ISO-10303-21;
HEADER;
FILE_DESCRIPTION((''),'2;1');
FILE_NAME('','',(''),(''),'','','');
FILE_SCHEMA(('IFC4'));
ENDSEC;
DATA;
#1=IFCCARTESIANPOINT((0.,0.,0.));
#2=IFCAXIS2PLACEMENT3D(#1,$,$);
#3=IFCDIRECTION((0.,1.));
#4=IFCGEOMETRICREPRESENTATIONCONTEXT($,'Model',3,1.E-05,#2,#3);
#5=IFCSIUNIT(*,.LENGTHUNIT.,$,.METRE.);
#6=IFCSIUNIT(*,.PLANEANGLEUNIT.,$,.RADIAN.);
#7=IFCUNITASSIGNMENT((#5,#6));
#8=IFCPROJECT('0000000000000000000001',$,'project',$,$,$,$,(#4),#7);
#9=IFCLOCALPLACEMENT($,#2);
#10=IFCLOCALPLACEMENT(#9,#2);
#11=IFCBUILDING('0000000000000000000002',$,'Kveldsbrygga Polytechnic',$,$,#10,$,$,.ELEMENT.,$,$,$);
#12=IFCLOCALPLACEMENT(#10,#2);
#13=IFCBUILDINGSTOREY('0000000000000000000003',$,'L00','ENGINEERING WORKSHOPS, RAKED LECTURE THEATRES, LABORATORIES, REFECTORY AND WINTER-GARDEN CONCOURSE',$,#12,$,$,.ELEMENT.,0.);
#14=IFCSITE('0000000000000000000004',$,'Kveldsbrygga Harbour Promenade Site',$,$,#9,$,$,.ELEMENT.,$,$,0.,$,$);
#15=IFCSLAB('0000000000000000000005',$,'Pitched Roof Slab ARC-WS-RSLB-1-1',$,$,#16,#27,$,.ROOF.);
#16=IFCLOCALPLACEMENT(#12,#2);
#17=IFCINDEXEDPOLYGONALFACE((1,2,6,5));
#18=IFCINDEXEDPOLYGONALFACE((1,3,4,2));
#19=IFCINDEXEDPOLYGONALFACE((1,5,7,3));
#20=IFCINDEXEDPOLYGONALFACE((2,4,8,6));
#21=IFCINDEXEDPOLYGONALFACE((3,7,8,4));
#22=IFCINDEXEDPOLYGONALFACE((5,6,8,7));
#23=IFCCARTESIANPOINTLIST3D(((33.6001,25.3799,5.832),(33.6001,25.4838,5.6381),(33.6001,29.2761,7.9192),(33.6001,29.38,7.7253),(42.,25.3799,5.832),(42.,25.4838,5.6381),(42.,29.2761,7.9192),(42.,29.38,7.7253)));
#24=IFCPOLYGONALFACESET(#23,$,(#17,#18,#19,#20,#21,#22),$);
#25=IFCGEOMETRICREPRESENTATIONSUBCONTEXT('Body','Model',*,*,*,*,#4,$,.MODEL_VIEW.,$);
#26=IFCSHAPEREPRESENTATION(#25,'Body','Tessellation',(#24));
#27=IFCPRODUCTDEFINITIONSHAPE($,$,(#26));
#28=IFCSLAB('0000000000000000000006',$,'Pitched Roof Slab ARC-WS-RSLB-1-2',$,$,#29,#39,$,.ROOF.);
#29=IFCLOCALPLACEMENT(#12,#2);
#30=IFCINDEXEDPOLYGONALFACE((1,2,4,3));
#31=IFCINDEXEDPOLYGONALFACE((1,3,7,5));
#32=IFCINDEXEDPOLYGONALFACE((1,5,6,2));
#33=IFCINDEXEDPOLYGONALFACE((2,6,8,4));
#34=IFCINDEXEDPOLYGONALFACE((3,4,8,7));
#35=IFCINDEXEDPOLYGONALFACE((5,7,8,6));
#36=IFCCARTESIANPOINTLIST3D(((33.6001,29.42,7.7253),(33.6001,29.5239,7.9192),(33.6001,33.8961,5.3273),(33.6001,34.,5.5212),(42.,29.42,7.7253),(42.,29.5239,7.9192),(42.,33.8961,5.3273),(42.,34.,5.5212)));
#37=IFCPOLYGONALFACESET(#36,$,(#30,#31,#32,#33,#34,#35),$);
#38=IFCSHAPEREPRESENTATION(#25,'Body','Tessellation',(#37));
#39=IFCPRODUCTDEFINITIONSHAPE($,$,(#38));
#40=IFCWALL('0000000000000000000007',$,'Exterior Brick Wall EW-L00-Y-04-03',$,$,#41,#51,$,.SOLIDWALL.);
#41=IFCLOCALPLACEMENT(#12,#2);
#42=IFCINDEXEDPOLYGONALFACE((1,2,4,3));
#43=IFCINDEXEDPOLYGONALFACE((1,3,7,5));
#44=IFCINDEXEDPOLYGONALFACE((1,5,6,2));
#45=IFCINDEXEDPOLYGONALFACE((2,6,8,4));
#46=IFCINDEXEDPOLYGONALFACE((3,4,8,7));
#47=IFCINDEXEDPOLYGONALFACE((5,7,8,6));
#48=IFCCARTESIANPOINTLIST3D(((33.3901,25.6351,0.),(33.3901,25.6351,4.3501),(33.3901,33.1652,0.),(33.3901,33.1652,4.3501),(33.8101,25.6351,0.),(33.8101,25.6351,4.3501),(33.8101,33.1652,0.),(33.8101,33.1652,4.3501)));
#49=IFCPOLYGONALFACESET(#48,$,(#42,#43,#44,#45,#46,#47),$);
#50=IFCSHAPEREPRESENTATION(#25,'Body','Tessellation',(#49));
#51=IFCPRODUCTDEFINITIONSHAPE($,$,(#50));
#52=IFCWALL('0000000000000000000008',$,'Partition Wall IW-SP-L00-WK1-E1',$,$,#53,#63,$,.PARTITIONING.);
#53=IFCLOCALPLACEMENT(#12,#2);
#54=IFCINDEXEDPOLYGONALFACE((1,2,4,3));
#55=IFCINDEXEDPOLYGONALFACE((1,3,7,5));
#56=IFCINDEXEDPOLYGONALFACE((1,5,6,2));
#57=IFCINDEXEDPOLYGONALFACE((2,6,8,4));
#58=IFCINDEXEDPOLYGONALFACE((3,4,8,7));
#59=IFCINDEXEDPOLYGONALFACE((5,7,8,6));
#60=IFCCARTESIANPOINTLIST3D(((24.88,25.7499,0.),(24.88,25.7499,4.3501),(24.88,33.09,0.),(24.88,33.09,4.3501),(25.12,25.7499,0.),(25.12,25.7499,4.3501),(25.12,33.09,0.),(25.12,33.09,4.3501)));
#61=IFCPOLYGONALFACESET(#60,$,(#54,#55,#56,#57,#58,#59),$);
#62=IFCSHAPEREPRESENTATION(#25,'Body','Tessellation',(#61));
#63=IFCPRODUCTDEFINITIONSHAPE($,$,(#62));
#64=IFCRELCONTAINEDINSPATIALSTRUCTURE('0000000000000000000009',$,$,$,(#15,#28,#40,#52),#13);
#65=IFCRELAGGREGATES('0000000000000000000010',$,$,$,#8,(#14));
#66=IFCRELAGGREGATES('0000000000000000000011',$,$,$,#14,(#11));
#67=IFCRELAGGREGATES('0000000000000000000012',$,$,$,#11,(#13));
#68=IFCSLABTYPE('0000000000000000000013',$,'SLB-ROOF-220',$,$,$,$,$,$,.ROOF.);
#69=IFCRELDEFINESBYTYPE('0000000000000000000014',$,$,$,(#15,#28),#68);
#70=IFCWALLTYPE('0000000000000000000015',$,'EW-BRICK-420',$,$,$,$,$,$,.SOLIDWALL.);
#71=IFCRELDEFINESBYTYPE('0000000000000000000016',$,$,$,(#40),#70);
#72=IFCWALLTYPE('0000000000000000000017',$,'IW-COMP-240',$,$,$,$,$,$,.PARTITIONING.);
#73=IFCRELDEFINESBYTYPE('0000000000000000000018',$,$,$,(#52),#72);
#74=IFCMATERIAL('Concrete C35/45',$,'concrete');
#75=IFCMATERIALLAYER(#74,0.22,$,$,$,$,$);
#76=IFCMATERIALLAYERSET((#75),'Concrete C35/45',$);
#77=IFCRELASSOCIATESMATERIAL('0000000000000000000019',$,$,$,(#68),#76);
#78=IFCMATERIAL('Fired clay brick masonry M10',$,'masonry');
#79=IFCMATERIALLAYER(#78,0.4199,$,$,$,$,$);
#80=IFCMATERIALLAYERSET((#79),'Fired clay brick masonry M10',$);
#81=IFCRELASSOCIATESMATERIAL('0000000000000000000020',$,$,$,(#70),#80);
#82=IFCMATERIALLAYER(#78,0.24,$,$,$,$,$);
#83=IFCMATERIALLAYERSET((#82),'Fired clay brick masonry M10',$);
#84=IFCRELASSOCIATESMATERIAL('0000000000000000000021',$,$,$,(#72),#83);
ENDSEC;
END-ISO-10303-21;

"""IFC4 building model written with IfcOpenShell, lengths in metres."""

from ifc_helpers import new_model, si_unit, direction, frame, frame_2d, origin, place, context, subcontext, project, spatial, polyline, rectangle, outline, extrude, material, layer, layer_set, type_object, element, save


model = new_model("IFC4")

# Units and contexts
model_context = context("Model", 3, precision=1e-05, world=origin(), true_north=direction((0.0, 1.0)))
body_context = subcontext(model_context, "Body", "Model", "MODEL_VIEW")
ifc_project = project(units=[si_unit("LENGTHUNIT", "METRE"), si_unit("PLANEANGLEUNIT", "RADIAN")], contexts=[model_context])

# Site, building, storey
site_placement = place(None, origin())
site = spatial("IfcSite", under=ifc_project, at=site_placement, Name="Kveldsbrygga Harbour Promenade Site", CompositionType="ELEMENT", RefElevation=0.0)
building_placement = place(site_placement, origin())
building = spatial("IfcBuilding", under=site, at=building_placement, Name="Kveldsbrygga Polytechnic", CompositionType="ELEMENT")
storey_placement = place(building_placement, origin())
storey = spatial("IfcBuildingStorey", under=building, at=storey_placement, Name="L00", Description="ENGINEERING WORKSHOPS, RAKED LECTURE THEATRES, LABORATORIES, REFECTORY AND WINTER-GARDEN CONCOURSE", CompositionType="ELEMENT", Elevation=0.0)

# Shared definitions
ifc_material_1 = material(Name="Concrete C35/45", Category="concrete")

# Slabs
ifc_layer_1 = layer(ifc_material_1, 0.22)
ifc_layer_set_1 = layer_set([ifc_layer_1], Name="Concrete C35/45")
slab_type = type_object("IfcSlabType", Name="SLB-ROOF-220", PredefinedType="ROOF", material=ifc_layer_set_1)
slab_1_placement = place(storey_placement, frame((33.6001, 25.3799, 5.832), z_axis=(0.0, -0.472201, 0.881491), x_axis=(1.0, 0.0, 0.0)))
element("IfcSlab", 1, at=slab_1_placement, inside=storey, type_object=slab_type, Name="Pitched Roof Slab ARC-WS-RSLB-1-1", PredefinedType="ROOF", context=body_context, shape_type="SweptSolid", body=[
    extrude(outline(polyline([(0.0, 0.0), (8.3999, 0.0), (8.3999, 4.4201), (0.0, 4.4201), (0.0, 0.0)])), origin(), (0.0, 0.0, -1.0), 0.22),
])
slab_2_placement = place(storey_placement, frame((33.6001, 29.5239, 7.9192), z_axis=(0.0, 0.472229, 0.881476), x_axis=(1.0, 0.0, 0.0)))
element("IfcSlab", 2, at=slab_2_placement, inside=storey, type_object=slab_type, Name="Pitched Roof Slab ARC-WS-RSLB-1-2", PredefinedType="ROOF", context=body_context, shape_type="SweptSolid", body=[
    extrude(outline(polyline([(0.0, 0.0), (8.3999, 0.0), (8.3999, 5.0779), (0.0, 5.0779), (0.0, 0.0)])), origin(), (0.0, 0.0, -1.0), 0.22),
])

# Walls
ifc_material_2 = material(Name="Fired clay brick masonry M10", Category="masonry")
ifc_layer_2 = layer(ifc_material_2, 0.4199)
ifc_layer_set_2 = layer_set([ifc_layer_2], Name="Fired clay brick masonry M10")
wall_type_1 = type_object("IfcWallType", Name="EW-BRICK-420", PredefinedType="SOLIDWALL", material=ifc_layer_set_2)
wall_1_placement = place(storey_placement, frame((33.6001, 25.635, 0.0), z_axis=(0.0, 0.0, 1.0), x_axis=(0.0, 1.0, 0.0)))
element("IfcWall", 3, at=wall_1_placement, inside=storey, type_object=wall_type_1, Name="Exterior Brick Wall EW-L00-Y-04-03", PredefinedType="SOLIDWALL", context=body_context, shape_type="SweptSolid", body=[
    extrude(rectangle(XDim=7.53, YDim=0.4199, at=frame_2d((3.7651, 0.0))), origin(), (0.0, 0.0, 1.0), 4.3501),
])
ifc_layer_3 = layer(ifc_material_2, 0.24)
ifc_layer_set_3 = layer_set([ifc_layer_3], Name="Fired clay brick masonry M10")
wall_type_2 = type_object("IfcWallType", Name="IW-COMP-240", PredefinedType="PARTITIONING", material=ifc_layer_set_3)
wall_2_placement = place(storey_placement, frame((25.0, 25.75, 0.0), z_axis=(0.0, 0.0, 1.0), x_axis=(0.0, 1.0, 0.0)))
element("IfcWall", 4, at=wall_2_placement, inside=storey, type_object=wall_type_2, Name="Partition Wall IW-SP-L00-WK1-E1", PredefinedType="PARTITIONING", context=body_context, shape_type="SweptSolid", body=[
    extrude(rectangle(XDim=7.3401, YDim=0.24, at=frame_2d((3.6699, 0.0))), origin(), (0.0, 0.0, 1.0), 4.3501),
])

save(model, "model.ifc")
